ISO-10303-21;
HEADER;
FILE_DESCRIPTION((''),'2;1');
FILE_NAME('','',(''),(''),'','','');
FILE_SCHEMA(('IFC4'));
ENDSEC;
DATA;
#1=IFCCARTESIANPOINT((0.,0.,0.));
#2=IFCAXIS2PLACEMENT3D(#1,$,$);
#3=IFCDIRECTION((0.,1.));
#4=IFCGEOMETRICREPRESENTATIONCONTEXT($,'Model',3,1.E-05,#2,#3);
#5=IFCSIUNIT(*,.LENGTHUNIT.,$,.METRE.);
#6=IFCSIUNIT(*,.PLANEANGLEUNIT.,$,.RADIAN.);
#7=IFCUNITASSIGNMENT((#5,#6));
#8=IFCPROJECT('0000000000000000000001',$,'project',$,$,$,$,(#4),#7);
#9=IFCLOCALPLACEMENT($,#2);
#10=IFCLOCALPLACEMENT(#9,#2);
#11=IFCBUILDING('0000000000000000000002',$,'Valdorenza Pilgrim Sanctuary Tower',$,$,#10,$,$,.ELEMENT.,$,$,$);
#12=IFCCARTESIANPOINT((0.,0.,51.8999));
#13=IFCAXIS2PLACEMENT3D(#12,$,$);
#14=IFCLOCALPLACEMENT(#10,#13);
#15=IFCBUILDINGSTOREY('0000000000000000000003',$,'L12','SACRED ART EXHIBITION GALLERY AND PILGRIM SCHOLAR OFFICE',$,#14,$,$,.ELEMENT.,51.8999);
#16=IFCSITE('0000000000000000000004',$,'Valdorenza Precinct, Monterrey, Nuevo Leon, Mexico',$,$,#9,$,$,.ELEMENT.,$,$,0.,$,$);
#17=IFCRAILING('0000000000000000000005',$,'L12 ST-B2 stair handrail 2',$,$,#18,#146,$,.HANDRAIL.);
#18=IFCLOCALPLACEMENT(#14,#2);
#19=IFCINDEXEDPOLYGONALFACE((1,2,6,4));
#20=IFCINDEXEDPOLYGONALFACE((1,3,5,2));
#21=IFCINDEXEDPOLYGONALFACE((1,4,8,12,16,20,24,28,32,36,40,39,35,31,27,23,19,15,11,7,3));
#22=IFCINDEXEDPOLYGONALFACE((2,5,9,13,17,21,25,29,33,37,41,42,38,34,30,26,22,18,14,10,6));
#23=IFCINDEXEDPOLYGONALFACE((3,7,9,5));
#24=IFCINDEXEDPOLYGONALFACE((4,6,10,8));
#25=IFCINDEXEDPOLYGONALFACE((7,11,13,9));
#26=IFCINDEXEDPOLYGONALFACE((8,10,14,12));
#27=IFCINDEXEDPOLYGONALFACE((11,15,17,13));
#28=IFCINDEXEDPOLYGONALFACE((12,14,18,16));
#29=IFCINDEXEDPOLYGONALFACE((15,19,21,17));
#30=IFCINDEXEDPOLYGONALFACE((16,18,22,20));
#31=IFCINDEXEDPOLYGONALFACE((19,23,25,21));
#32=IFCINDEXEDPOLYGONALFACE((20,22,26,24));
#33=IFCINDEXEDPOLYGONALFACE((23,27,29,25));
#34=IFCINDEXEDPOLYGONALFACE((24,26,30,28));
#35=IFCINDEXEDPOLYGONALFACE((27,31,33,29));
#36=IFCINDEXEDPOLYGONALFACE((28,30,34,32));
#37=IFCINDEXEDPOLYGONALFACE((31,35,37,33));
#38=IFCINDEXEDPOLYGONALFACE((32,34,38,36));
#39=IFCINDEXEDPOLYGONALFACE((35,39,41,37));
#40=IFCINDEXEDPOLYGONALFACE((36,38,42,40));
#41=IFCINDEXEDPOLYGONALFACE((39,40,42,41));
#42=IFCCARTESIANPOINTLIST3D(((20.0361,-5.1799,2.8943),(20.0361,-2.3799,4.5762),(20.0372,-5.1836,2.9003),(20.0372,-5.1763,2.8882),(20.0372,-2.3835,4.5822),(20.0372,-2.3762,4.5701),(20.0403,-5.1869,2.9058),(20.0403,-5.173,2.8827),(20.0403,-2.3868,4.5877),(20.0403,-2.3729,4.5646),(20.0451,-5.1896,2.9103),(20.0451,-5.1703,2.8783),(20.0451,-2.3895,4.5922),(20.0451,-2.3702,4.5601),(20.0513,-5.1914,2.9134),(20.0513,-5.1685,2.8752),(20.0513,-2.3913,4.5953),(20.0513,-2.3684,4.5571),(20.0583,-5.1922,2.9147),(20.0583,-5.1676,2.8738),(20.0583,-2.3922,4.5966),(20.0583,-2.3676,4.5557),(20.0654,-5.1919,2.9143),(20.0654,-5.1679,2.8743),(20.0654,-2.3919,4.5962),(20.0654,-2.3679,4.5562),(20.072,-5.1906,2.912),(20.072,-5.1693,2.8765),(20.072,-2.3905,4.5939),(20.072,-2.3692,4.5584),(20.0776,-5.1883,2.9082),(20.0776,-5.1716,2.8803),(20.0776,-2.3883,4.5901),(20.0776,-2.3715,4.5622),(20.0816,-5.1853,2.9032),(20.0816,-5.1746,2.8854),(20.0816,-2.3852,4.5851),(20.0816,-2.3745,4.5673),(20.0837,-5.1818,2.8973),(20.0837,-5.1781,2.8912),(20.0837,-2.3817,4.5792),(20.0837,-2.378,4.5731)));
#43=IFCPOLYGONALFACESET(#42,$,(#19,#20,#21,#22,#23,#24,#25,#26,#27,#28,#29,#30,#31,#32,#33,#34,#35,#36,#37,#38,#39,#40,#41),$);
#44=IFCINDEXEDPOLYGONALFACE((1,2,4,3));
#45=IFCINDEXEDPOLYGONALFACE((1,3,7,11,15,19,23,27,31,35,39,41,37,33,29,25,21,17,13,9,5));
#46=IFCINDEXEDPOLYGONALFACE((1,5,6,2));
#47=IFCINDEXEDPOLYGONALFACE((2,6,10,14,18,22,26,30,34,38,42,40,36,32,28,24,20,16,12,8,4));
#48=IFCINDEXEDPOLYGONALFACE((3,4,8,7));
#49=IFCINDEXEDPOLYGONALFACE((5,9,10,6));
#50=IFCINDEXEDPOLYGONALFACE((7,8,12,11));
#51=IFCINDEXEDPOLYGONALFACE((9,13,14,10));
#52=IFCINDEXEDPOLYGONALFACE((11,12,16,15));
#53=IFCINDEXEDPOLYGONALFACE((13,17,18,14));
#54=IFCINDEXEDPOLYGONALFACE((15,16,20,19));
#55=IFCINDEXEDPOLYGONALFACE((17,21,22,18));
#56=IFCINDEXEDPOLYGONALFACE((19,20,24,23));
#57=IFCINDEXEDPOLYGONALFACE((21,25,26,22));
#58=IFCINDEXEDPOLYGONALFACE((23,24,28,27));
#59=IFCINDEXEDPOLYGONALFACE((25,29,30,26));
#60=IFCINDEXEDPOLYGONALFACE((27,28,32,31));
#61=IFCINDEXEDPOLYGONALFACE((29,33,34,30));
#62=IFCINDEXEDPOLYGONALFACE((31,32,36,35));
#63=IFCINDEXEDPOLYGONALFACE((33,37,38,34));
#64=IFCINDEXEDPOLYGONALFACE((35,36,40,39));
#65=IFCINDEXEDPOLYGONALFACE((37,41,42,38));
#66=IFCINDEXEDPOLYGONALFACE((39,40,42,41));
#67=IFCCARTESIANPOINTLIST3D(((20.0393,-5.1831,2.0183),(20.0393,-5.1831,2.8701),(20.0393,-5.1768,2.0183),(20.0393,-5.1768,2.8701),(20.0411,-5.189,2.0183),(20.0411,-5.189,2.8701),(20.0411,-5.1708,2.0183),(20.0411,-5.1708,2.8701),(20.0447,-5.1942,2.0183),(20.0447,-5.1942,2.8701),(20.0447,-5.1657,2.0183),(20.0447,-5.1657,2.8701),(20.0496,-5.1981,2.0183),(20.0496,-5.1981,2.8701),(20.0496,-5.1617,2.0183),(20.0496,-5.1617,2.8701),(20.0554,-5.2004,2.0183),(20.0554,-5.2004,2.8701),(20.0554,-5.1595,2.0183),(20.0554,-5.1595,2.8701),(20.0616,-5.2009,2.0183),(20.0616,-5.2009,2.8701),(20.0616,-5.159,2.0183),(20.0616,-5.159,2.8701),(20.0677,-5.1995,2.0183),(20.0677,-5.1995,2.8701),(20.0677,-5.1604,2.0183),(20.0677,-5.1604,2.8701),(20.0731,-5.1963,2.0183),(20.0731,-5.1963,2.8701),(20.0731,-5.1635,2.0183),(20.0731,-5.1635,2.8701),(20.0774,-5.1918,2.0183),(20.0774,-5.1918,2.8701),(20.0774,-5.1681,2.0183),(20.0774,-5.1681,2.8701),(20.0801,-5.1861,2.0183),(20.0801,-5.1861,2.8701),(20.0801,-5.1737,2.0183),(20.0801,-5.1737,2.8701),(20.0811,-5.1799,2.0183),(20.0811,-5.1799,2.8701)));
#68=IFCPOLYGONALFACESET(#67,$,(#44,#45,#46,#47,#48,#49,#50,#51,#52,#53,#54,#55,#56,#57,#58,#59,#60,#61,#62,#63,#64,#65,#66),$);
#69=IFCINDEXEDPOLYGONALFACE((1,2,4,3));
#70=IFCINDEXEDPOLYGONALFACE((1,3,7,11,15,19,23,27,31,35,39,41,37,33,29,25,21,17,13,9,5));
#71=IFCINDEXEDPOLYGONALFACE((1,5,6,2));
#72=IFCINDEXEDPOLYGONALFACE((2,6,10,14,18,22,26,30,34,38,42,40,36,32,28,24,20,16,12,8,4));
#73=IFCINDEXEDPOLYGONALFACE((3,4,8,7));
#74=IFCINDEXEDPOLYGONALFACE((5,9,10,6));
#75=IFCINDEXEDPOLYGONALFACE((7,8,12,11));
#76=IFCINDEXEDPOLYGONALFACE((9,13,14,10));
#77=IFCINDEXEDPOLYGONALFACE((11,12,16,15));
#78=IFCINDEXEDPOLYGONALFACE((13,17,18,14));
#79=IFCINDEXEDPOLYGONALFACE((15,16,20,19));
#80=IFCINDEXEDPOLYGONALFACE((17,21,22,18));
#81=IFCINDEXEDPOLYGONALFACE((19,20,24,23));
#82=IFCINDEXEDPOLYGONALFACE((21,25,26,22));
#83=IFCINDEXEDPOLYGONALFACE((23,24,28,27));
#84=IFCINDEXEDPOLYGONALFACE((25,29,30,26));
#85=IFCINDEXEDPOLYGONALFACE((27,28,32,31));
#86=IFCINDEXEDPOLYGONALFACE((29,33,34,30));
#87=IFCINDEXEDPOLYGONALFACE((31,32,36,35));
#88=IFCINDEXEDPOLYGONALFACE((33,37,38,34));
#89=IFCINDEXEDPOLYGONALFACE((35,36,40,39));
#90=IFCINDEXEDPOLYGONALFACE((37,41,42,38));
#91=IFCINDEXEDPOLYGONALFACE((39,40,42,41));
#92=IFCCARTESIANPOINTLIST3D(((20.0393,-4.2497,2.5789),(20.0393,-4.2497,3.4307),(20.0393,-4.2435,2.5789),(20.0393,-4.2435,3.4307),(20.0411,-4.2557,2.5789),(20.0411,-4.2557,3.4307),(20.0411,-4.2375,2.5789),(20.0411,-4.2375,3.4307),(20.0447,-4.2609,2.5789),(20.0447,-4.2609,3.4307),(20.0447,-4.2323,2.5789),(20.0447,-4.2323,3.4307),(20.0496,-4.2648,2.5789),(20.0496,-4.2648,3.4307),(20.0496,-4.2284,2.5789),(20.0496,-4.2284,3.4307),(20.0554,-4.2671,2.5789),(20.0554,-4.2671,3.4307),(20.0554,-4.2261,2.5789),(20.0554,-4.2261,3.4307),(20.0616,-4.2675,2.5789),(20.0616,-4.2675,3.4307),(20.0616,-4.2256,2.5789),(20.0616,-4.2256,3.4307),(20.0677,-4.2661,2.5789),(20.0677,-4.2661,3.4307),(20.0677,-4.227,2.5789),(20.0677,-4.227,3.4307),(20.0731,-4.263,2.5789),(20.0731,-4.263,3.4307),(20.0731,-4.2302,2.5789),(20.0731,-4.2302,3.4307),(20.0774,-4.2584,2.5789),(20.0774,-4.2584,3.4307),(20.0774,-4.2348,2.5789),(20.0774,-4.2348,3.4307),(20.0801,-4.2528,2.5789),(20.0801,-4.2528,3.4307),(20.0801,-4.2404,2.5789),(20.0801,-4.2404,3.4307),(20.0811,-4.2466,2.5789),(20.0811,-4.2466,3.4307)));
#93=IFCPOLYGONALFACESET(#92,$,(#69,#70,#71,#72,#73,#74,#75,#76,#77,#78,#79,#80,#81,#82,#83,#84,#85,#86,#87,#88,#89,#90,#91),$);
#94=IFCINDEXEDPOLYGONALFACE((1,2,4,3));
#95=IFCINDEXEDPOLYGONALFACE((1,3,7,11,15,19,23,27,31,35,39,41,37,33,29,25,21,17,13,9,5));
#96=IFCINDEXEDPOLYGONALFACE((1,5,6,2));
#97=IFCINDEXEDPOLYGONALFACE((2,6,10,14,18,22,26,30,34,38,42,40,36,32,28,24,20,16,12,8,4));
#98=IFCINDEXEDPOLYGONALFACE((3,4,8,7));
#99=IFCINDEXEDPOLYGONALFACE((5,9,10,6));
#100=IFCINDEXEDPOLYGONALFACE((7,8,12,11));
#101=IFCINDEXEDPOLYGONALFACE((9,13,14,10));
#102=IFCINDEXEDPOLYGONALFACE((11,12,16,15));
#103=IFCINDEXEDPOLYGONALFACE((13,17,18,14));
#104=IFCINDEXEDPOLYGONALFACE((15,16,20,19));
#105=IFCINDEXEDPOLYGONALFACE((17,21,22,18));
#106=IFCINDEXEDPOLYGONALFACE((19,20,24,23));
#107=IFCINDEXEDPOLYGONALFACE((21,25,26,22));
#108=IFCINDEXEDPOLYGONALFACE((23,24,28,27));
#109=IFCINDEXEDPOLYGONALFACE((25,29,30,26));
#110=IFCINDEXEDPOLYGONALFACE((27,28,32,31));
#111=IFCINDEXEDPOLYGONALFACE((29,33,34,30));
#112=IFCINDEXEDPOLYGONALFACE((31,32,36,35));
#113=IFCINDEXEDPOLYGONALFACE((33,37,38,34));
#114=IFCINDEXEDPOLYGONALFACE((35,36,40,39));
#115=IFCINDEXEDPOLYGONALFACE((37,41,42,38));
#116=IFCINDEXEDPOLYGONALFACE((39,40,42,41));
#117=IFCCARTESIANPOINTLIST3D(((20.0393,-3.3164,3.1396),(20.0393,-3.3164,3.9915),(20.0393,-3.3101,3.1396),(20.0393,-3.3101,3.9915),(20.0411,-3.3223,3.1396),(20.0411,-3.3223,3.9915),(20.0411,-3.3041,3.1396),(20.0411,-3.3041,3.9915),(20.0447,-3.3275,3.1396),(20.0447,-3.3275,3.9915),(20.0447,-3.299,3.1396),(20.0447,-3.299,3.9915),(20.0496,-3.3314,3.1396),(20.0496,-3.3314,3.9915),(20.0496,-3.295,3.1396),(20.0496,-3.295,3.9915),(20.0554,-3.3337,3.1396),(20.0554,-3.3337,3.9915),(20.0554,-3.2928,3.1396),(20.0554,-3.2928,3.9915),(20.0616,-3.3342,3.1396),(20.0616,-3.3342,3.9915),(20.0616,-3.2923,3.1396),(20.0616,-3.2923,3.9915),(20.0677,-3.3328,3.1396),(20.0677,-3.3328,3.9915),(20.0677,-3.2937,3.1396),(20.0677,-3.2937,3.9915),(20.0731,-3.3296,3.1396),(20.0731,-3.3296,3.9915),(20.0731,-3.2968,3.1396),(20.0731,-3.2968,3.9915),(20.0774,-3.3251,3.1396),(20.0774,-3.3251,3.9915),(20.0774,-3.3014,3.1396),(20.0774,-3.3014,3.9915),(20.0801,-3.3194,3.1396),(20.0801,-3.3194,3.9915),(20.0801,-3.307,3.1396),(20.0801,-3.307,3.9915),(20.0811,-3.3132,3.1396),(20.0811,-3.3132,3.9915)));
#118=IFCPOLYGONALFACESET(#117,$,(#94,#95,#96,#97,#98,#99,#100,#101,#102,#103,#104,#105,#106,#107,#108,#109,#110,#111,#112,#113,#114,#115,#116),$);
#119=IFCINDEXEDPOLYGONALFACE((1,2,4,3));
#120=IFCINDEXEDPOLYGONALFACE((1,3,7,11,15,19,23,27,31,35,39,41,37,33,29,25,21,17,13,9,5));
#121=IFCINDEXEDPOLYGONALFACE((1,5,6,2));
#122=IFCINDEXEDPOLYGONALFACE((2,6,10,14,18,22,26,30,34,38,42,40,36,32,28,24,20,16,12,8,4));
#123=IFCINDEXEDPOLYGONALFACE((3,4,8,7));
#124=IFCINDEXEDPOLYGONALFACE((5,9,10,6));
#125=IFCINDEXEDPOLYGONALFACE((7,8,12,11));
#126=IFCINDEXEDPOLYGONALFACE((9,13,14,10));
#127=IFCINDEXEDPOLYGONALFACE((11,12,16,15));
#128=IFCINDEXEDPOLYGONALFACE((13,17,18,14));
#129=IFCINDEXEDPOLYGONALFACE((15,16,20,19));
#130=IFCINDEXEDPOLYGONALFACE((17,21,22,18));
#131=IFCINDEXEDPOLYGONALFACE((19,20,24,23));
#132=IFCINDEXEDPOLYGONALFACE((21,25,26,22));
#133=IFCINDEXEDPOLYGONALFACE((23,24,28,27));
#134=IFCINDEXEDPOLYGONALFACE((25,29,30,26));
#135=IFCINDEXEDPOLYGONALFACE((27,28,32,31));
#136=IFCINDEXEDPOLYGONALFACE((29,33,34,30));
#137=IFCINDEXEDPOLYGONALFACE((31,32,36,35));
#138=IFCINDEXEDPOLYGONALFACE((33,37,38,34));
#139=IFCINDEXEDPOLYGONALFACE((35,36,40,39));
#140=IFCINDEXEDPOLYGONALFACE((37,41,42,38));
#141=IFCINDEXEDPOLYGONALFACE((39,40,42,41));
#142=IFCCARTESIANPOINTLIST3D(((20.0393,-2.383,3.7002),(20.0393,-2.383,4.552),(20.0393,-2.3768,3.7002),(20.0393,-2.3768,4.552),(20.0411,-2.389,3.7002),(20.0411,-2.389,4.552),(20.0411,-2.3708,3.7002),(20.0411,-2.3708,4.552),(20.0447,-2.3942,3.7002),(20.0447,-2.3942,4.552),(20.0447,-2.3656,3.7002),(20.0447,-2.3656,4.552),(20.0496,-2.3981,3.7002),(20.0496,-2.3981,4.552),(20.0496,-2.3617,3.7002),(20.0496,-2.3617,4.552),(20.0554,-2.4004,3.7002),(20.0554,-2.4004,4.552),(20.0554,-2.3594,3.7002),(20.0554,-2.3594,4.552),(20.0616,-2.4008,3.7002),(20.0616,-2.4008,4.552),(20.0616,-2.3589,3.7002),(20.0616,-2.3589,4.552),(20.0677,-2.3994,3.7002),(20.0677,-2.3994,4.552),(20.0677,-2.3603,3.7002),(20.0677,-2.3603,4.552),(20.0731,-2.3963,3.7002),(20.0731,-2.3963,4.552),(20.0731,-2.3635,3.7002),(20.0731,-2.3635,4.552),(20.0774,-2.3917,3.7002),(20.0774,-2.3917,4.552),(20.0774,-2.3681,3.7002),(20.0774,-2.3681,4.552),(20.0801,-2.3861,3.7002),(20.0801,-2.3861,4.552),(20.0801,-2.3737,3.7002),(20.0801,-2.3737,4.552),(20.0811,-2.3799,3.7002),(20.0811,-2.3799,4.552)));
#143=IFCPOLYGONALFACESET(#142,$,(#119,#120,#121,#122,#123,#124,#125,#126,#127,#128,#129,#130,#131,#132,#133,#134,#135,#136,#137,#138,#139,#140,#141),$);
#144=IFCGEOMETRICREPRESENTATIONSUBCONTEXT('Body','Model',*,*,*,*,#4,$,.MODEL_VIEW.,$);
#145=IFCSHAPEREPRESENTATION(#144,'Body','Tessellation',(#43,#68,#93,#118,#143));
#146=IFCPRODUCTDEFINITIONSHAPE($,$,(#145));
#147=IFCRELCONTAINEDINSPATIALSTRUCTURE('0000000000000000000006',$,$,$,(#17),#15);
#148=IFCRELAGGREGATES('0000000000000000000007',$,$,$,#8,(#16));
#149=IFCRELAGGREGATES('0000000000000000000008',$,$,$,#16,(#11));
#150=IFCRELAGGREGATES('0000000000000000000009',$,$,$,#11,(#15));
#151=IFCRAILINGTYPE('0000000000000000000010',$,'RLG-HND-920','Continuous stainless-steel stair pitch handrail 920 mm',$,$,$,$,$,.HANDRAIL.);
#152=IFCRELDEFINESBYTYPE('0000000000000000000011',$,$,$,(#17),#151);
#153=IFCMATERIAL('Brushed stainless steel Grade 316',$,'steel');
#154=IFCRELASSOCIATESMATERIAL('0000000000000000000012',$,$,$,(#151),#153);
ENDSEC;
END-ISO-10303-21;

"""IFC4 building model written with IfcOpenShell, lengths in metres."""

from ifc_helpers import new_model, si_unit, direction, frame, origin, origin_2d, place, context, subcontext, project, spatial, circle, extrude, material, type_object, element, save


model = new_model("IFC4")

# Units and contexts
model_context = context("Model", 3, precision=1e-05, world=origin(), true_north=direction((0.0, 1.0)))
body_context = subcontext(model_context, "Body", "Model", "MODEL_VIEW")
ifc_project = project(units=[si_unit("LENGTHUNIT", "METRE"), si_unit("PLANEANGLEUNIT", "RADIAN")], contexts=[model_context])

# Site, building, storey
site_placement = place(None, origin())
site = spatial("IfcSite", under=ifc_project, at=site_placement, Name="Valdorenza Precinct, Monterrey, Nuevo Leon, Mexico", CompositionType="ELEMENT", RefElevation=0.0)
building_placement = place(site_placement, origin())
building = spatial("IfcBuilding", under=site, at=building_placement, Name="Valdorenza Pilgrim Sanctuary Tower", CompositionType="ELEMENT")
storey_placement = place(building_placement, frame((0.0, 0.0, 51.8999)))
storey = spatial("IfcBuildingStorey", under=building, at=storey_placement, Name="L12", Description="SACRED ART EXHIBITION GALLERY AND PILGRIM SCHOLAR OFFICE", CompositionType="ELEMENT", Elevation=51.8999)

# Shared definitions
ifc_material_1 = material(Name="Brushed stainless steel Grade 316", Category="steel")

# Railing
railing_type_1 = type_object("IfcRailingType", Name="RLG-HND-920", Description="Continuous stainless-steel stair pitch handrail 920 mm", PredefinedType="HANDRAIL", material=ifc_material_1)
railing_1_placement = place(storey_placement, frame((20.0601, -5.1799, 2.0183)))
element("IfcRailing", 1, at=railing_1_placement, inside=storey, type_object=railing_type_1, Name="L12 ST-B2 stair handrail 2", PredefinedType="HANDRAIL", context=body_context, shape_type="SweptSolid", body=[
    extrude(circle(Radius=0.0239, at=origin_2d()), frame((0.0, 0.0, 0.876), z_axis=(0.0, 0.857242, 0.514913), x_axis=(-1.0, 0.0, 0.0)), (0.0, 0.0, 1.0), 3.2664),
    extrude(circle(Radius=0.021, at=origin_2d()), origin(), (0.0, 0.0, 1.0), 0.8518),
    extrude(circle(Radius=0.021, at=origin_2d()), frame((0.0, 0.9333, 0.5605)), (0.0, 0.0, 1.0), 0.8518),
    extrude(circle(Radius=0.021, at=origin_2d()), frame((0.0, 1.8667, 1.1213)), (0.0, 0.0, 1.0), 0.8518),
    extrude(circle(Radius=0.021, at=origin_2d()), frame((0.0, 2.8, 1.6819)), (0.0, 0.0, 1.0), 0.8518),
])

save(model, "model.ifc")
